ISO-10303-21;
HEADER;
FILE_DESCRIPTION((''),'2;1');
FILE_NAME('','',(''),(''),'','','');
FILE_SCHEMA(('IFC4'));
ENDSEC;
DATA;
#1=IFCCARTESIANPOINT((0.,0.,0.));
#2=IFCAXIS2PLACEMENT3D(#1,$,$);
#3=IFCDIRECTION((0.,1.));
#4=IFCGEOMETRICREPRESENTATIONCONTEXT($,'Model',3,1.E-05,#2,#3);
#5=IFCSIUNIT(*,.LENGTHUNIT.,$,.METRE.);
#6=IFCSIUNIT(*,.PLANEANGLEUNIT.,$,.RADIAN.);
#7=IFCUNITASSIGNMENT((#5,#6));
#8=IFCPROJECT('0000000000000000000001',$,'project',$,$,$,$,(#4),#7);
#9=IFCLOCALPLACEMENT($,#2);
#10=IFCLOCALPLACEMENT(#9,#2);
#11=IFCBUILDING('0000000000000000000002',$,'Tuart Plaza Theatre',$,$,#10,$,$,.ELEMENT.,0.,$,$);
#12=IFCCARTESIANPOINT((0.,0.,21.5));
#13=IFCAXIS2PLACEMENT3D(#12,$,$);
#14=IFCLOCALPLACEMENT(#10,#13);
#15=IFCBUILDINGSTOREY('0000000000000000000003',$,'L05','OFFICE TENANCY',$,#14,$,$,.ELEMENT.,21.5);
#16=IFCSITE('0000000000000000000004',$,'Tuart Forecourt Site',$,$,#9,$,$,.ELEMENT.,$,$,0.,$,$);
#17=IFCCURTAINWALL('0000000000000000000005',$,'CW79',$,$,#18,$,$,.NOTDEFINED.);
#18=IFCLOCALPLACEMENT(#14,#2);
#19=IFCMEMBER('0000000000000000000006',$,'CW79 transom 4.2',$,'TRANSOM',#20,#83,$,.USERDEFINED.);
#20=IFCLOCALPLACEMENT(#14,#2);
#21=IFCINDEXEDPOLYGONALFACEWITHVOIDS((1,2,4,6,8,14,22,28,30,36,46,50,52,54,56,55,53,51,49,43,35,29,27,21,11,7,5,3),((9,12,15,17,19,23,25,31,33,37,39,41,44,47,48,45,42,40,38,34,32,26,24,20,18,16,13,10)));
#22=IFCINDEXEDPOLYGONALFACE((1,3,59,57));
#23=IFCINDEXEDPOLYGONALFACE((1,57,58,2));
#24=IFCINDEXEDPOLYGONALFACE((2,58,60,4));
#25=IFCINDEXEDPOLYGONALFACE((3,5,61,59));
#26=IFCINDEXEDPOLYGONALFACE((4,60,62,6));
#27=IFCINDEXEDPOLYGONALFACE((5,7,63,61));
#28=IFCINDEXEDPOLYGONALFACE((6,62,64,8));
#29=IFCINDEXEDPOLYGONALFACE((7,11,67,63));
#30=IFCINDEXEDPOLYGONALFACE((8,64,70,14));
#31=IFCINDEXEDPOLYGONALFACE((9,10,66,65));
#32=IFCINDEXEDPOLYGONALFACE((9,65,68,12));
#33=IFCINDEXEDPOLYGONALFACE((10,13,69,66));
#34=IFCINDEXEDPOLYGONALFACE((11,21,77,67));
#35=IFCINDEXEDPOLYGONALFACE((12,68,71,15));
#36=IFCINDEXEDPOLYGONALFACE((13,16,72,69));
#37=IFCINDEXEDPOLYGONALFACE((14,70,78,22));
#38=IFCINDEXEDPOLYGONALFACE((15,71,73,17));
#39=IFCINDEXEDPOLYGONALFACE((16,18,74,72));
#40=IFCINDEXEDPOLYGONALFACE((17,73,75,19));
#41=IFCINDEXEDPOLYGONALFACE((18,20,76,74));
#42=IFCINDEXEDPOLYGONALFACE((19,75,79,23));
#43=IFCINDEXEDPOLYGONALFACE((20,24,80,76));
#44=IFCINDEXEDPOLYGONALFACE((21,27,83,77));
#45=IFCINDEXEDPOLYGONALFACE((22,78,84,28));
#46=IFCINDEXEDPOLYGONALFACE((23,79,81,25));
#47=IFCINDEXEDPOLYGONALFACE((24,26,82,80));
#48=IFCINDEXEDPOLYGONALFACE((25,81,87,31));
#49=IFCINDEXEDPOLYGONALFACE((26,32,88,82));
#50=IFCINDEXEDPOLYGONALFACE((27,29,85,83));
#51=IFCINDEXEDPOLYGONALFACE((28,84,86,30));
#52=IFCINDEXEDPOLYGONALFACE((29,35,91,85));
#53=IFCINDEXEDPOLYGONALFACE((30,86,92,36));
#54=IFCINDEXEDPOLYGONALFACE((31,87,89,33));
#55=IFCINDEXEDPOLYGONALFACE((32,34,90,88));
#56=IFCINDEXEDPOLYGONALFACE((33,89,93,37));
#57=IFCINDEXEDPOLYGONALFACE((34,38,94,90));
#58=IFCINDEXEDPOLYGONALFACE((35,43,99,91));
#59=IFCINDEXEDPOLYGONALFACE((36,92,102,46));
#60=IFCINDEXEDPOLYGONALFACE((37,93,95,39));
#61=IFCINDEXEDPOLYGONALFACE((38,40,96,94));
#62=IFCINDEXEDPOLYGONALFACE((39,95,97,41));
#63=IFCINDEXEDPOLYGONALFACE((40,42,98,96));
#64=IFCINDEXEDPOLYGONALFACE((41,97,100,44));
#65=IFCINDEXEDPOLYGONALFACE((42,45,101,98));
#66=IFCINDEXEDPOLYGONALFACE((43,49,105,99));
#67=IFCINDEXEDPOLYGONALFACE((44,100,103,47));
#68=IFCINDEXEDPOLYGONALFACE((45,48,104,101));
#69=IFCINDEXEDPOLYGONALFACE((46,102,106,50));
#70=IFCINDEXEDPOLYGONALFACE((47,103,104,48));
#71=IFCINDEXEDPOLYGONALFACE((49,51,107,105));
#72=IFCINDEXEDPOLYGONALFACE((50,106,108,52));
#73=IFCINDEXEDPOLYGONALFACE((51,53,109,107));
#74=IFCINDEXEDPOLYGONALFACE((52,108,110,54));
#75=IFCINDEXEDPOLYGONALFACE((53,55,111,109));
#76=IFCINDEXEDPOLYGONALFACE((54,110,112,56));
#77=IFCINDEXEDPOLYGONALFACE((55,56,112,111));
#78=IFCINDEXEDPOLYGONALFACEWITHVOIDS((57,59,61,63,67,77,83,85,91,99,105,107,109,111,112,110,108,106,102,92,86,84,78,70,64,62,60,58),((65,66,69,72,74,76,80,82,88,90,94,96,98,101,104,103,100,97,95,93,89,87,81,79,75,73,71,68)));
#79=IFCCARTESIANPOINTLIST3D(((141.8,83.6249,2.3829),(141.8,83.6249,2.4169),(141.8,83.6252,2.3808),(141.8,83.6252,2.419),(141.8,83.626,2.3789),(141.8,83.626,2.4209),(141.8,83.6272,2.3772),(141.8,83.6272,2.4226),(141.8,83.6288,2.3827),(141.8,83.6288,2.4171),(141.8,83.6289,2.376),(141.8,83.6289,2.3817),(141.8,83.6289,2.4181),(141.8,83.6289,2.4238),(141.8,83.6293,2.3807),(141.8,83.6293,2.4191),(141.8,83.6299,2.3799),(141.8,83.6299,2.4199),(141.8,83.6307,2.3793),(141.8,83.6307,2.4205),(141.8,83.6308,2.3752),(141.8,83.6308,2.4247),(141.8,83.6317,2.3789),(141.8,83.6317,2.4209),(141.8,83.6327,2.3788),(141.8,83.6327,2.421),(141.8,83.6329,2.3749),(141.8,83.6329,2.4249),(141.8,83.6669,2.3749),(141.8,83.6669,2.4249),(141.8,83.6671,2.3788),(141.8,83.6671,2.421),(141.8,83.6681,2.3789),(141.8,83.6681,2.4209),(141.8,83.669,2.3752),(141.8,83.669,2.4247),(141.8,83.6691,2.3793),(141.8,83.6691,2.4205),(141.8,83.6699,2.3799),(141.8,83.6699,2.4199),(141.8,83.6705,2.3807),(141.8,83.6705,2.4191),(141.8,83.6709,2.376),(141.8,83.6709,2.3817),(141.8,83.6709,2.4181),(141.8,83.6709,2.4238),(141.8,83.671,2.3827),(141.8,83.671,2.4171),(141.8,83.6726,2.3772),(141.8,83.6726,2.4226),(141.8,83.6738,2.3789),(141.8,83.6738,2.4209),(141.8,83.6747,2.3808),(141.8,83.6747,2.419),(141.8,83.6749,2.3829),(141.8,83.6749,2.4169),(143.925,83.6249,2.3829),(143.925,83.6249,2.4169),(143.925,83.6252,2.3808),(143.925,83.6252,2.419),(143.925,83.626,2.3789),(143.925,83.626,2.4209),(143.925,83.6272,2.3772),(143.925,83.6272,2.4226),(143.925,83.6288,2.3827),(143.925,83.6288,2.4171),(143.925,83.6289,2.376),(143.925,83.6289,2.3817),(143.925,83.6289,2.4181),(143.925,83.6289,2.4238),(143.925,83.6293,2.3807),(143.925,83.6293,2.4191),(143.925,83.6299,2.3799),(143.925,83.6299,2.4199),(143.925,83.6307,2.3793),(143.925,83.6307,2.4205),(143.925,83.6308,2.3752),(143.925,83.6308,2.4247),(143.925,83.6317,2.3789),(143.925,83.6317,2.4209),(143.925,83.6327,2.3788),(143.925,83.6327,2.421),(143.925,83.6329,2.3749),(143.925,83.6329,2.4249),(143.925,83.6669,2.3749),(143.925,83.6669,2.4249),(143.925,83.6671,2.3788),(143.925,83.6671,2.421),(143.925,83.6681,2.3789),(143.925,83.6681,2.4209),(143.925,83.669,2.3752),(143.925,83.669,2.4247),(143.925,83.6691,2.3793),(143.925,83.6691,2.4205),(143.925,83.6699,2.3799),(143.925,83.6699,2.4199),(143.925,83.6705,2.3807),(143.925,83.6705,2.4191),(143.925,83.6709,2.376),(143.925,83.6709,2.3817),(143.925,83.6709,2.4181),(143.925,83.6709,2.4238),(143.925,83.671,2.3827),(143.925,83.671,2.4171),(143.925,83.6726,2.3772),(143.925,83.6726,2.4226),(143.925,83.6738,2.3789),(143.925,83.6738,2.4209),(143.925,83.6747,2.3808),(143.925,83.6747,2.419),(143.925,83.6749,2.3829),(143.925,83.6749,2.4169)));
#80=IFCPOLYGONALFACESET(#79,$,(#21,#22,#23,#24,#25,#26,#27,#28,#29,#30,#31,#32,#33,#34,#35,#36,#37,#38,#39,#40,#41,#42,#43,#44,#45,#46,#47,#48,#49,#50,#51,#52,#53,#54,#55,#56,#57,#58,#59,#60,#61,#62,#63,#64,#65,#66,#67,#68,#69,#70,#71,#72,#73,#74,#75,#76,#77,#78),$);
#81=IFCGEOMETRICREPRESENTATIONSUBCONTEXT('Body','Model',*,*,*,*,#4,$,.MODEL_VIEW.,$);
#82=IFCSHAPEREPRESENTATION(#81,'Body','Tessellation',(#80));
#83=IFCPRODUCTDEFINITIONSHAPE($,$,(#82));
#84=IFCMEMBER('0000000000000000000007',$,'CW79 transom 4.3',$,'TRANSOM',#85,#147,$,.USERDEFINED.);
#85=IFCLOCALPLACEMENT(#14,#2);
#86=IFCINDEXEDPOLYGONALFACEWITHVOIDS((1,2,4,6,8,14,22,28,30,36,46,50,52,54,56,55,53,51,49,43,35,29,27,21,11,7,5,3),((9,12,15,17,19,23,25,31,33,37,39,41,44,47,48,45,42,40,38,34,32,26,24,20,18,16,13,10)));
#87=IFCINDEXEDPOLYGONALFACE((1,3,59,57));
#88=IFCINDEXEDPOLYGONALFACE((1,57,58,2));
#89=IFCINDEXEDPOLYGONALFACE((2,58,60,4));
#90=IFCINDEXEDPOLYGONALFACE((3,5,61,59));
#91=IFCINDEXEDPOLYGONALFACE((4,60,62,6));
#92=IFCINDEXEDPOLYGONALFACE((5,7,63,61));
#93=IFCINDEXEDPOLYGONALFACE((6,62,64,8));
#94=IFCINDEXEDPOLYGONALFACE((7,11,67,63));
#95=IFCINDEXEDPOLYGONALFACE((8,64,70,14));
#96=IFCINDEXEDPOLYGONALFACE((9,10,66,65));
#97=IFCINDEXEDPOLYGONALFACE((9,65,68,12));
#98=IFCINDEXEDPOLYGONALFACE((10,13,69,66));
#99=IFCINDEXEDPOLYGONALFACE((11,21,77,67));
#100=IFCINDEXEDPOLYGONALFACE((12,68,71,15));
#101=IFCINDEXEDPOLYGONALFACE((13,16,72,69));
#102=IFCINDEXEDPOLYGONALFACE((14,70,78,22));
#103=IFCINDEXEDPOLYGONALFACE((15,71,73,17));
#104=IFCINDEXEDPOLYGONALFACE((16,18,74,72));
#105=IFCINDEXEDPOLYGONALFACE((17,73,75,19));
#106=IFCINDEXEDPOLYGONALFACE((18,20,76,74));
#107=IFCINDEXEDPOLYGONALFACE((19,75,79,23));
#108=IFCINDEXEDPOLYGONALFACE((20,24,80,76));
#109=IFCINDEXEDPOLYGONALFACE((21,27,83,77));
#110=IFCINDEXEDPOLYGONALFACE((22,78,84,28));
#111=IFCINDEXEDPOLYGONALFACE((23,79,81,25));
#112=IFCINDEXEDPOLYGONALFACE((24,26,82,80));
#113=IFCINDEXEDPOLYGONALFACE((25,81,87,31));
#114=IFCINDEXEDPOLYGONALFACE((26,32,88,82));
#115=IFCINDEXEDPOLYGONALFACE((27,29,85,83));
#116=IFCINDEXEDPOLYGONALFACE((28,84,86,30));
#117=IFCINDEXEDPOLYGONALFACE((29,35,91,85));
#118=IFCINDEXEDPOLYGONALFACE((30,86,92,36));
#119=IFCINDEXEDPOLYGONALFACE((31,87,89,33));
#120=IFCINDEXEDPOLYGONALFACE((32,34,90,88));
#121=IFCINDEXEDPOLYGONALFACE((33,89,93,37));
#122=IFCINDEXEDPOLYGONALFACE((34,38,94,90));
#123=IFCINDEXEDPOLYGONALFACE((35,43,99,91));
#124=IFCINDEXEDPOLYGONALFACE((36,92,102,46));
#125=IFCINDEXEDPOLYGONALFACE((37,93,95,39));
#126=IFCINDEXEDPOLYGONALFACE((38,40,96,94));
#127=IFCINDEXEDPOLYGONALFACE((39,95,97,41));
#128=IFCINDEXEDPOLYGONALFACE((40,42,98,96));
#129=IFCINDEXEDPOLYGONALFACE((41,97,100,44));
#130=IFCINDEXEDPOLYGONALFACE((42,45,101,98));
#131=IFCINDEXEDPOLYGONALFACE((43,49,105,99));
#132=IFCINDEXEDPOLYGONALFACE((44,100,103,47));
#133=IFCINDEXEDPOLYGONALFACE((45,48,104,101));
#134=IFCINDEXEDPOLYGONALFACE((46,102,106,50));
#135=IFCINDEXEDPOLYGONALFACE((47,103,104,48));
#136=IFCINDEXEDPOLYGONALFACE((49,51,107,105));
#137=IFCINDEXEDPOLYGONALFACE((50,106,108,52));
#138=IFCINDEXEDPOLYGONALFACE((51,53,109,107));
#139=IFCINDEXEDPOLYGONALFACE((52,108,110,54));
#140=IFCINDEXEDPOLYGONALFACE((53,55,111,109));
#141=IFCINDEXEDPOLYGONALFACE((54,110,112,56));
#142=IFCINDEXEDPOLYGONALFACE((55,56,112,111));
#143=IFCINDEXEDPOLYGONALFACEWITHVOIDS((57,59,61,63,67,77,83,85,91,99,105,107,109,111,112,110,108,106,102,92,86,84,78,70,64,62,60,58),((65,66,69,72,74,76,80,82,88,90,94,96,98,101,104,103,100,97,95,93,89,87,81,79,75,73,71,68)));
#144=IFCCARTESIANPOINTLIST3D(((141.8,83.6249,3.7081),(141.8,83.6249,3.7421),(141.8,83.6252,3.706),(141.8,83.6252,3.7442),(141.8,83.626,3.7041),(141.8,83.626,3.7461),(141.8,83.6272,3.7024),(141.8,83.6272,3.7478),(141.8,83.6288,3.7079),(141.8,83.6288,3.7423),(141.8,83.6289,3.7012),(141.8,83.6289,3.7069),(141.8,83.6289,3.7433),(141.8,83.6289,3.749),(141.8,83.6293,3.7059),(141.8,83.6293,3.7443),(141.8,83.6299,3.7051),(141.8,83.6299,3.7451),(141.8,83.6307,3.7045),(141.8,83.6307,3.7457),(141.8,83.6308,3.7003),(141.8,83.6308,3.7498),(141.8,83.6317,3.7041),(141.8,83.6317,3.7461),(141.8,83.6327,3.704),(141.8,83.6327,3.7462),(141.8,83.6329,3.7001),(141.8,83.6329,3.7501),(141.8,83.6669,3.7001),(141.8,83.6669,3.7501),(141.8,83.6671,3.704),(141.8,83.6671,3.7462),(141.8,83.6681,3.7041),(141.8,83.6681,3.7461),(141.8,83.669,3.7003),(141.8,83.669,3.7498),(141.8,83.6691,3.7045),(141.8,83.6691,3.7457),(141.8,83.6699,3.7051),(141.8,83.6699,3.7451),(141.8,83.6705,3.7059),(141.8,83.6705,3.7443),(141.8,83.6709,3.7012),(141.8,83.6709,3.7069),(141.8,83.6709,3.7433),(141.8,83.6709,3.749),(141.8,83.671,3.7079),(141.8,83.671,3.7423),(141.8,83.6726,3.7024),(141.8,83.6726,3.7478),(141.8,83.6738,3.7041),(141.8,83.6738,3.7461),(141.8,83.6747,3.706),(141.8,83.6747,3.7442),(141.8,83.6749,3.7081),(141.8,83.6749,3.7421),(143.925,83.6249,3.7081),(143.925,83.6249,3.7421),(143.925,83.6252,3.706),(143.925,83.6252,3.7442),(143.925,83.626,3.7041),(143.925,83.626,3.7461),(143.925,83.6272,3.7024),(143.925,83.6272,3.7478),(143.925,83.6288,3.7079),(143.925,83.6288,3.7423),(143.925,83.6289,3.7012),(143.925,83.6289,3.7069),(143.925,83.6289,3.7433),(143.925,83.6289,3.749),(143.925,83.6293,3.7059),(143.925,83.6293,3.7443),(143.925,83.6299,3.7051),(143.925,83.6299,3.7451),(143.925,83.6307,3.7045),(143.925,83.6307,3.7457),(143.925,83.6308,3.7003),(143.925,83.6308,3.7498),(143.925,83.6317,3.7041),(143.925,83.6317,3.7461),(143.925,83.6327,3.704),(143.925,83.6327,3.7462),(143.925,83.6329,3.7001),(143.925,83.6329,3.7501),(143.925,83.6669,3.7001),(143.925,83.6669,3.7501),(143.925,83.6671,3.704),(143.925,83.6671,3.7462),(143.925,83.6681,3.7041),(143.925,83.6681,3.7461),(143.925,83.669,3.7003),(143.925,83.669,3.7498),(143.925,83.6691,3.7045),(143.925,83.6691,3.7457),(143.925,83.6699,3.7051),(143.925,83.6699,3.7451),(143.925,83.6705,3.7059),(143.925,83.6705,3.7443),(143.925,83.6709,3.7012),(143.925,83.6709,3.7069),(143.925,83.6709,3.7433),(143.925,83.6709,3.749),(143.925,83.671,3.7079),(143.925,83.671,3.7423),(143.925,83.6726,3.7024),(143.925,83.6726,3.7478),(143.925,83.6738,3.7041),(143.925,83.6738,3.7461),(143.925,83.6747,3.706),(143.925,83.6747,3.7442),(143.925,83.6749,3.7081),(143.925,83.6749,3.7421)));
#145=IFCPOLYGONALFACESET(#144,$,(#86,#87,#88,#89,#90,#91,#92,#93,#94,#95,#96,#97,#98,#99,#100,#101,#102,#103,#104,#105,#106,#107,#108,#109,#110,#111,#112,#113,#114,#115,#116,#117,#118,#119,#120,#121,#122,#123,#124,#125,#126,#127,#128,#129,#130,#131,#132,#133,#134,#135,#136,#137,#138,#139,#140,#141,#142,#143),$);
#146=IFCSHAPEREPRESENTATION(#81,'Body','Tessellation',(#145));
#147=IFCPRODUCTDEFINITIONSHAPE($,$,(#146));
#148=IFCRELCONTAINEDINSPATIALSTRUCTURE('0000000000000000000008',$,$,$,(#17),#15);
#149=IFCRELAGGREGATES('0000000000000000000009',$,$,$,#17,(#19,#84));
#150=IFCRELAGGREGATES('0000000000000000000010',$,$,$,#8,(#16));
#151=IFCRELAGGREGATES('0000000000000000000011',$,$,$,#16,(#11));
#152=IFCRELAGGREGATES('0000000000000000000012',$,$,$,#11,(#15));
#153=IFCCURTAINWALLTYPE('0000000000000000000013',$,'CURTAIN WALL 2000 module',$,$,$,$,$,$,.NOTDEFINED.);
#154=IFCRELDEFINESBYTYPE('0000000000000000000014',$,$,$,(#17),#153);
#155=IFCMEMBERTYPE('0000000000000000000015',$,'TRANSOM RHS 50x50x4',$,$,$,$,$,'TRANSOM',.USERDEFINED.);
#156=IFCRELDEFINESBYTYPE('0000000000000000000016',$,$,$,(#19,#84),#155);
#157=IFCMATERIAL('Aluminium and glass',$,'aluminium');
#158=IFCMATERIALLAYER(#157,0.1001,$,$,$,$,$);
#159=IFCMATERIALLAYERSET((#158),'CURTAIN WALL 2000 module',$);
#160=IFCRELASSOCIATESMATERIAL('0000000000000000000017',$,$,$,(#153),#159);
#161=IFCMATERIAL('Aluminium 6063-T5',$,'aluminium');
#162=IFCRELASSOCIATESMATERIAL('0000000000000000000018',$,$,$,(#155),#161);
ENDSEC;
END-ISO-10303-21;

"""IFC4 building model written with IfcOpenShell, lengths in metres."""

from ifc_helpers import new_model, si_unit, direction, frame, origin, origin_2d, place, context, subcontext, project, spatial, hollow_rectangle, extrude, material, layer, layer_set, material_profile, profile_set, type_object, element, aggregate, save


model = new_model("IFC4")

# Units and contexts
model_context = context("Model", 3, precision=1e-05, world=origin(), true_north=direction((0.0, 1.0)))
body_context = subcontext(model_context, "Body", "Model", "MODEL_VIEW")
ifc_project = project(units=[si_unit("LENGTHUNIT", "METRE"), si_unit("PLANEANGLEUNIT", "RADIAN")], contexts=[model_context])

# Site, building, storey
site_placement = place(None, origin())
site = spatial("IfcSite", under=ifc_project, at=site_placement, Name="Tuart Forecourt Site", CompositionType="ELEMENT", RefElevation=0.0)
building_placement = place(site_placement, origin())
building = spatial("IfcBuilding", under=site, at=building_placement, Name="Tuart Plaza Theatre", CompositionType="ELEMENT", ElevationOfRefHeight=0.0)
storey_placement = place(building_placement, frame((0.0, 0.0, 21.5)))
storey = spatial("IfcBuildingStorey", under=building, at=storey_placement, Name="L05", Description="OFFICE TENANCY", CompositionType="ELEMENT", Elevation=21.5)

# Shared definitions
ifc_material_1 = material(Name="Aluminium and glass", Category="aluminium")
ifc_layer_1 = layer(ifc_material_1, 0.1001)
ifc_layer_set_1 = layer_set([ifc_layer_1], Name="CURTAIN WALL 2000 module")
curtain_wall_type = type_object("IfcCurtainWallType", Name="CURTAIN WALL 2000 module", PredefinedType="NOTDEFINED", material=ifc_layer_set_1)

# Curtain wall
curtain_wall_1_placement = place(storey_placement, origin())
curtain_wall_1 = element("IfcCurtainWall", 1, at=curtain_wall_1_placement, inside=storey, type_object=curtain_wall_type, Name="CW79", PredefinedType="NOTDEFINED")

# Members
ifc_material_2 = material(Name="Aluminium 6063-T5", Category="aluminium")
ifc_material_profile_1 = material_profile(ifc_material_2, hollow_rectangle(XDim=0.05, YDim=0.05, WallThickness=0.0039, InnerFilletRadius=0.0039, OuterFilletRadius=0.0081, at=origin_2d()), Name="RHS 50x50x4")
ifc_profile_set_1 = profile_set([ifc_material_profile_1], Name="Aluminium 6063-T5")
member_type_1 = type_object("IfcMemberType", Name="TRANSOM RHS 50x50x4", ElementType="TRANSOM", PredefinedType="USERDEFINED", material=ifc_profile_set_1)
member_1_placement = place(storey_placement, frame((143.925, 83.6499, 2.3999), z_axis=(-1.0, 0.0, 0.0), x_axis=(0.0, -1.0, 0.0)))
member_1 = element("IfcMember", 2, at=member_1_placement, type_object=member_type_1, Name="CW79 transom 4.2", ObjectType="TRANSOM", PredefinedType="USERDEFINED", context=body_context, shape_type="SweptSolid", body=[
    extrude(hollow_rectangle(XDim=0.05, YDim=0.05, WallThickness=0.0039, InnerFilletRadius=0.0039, OuterFilletRadius=0.0081, at=origin_2d()), origin(), (0.0, 0.0, 1.0), 2.125),
])
member_2_placement = place(storey_placement, frame((143.925, 83.6499, 3.7251), z_axis=(-1.0, 0.0, 0.0), x_axis=(0.0, -1.0, 0.0)))
member_2 = element("IfcMember", 3, at=member_2_placement, type_object=member_type_1, Name="CW79 transom 4.3", ObjectType="TRANSOM", PredefinedType="USERDEFINED", context=body_context, shape_type="SweptSolid", body=[
    extrude(hollow_rectangle(XDim=0.05, YDim=0.05, WallThickness=0.0039, InnerFilletRadius=0.0039, OuterFilletRadius=0.0081, at=origin_2d()), origin(), (0.0, 0.0, 1.0), 2.125),
])

aggregate(curtain_wall_1, [member_1, member_2])

save(model, "model.ifc")
